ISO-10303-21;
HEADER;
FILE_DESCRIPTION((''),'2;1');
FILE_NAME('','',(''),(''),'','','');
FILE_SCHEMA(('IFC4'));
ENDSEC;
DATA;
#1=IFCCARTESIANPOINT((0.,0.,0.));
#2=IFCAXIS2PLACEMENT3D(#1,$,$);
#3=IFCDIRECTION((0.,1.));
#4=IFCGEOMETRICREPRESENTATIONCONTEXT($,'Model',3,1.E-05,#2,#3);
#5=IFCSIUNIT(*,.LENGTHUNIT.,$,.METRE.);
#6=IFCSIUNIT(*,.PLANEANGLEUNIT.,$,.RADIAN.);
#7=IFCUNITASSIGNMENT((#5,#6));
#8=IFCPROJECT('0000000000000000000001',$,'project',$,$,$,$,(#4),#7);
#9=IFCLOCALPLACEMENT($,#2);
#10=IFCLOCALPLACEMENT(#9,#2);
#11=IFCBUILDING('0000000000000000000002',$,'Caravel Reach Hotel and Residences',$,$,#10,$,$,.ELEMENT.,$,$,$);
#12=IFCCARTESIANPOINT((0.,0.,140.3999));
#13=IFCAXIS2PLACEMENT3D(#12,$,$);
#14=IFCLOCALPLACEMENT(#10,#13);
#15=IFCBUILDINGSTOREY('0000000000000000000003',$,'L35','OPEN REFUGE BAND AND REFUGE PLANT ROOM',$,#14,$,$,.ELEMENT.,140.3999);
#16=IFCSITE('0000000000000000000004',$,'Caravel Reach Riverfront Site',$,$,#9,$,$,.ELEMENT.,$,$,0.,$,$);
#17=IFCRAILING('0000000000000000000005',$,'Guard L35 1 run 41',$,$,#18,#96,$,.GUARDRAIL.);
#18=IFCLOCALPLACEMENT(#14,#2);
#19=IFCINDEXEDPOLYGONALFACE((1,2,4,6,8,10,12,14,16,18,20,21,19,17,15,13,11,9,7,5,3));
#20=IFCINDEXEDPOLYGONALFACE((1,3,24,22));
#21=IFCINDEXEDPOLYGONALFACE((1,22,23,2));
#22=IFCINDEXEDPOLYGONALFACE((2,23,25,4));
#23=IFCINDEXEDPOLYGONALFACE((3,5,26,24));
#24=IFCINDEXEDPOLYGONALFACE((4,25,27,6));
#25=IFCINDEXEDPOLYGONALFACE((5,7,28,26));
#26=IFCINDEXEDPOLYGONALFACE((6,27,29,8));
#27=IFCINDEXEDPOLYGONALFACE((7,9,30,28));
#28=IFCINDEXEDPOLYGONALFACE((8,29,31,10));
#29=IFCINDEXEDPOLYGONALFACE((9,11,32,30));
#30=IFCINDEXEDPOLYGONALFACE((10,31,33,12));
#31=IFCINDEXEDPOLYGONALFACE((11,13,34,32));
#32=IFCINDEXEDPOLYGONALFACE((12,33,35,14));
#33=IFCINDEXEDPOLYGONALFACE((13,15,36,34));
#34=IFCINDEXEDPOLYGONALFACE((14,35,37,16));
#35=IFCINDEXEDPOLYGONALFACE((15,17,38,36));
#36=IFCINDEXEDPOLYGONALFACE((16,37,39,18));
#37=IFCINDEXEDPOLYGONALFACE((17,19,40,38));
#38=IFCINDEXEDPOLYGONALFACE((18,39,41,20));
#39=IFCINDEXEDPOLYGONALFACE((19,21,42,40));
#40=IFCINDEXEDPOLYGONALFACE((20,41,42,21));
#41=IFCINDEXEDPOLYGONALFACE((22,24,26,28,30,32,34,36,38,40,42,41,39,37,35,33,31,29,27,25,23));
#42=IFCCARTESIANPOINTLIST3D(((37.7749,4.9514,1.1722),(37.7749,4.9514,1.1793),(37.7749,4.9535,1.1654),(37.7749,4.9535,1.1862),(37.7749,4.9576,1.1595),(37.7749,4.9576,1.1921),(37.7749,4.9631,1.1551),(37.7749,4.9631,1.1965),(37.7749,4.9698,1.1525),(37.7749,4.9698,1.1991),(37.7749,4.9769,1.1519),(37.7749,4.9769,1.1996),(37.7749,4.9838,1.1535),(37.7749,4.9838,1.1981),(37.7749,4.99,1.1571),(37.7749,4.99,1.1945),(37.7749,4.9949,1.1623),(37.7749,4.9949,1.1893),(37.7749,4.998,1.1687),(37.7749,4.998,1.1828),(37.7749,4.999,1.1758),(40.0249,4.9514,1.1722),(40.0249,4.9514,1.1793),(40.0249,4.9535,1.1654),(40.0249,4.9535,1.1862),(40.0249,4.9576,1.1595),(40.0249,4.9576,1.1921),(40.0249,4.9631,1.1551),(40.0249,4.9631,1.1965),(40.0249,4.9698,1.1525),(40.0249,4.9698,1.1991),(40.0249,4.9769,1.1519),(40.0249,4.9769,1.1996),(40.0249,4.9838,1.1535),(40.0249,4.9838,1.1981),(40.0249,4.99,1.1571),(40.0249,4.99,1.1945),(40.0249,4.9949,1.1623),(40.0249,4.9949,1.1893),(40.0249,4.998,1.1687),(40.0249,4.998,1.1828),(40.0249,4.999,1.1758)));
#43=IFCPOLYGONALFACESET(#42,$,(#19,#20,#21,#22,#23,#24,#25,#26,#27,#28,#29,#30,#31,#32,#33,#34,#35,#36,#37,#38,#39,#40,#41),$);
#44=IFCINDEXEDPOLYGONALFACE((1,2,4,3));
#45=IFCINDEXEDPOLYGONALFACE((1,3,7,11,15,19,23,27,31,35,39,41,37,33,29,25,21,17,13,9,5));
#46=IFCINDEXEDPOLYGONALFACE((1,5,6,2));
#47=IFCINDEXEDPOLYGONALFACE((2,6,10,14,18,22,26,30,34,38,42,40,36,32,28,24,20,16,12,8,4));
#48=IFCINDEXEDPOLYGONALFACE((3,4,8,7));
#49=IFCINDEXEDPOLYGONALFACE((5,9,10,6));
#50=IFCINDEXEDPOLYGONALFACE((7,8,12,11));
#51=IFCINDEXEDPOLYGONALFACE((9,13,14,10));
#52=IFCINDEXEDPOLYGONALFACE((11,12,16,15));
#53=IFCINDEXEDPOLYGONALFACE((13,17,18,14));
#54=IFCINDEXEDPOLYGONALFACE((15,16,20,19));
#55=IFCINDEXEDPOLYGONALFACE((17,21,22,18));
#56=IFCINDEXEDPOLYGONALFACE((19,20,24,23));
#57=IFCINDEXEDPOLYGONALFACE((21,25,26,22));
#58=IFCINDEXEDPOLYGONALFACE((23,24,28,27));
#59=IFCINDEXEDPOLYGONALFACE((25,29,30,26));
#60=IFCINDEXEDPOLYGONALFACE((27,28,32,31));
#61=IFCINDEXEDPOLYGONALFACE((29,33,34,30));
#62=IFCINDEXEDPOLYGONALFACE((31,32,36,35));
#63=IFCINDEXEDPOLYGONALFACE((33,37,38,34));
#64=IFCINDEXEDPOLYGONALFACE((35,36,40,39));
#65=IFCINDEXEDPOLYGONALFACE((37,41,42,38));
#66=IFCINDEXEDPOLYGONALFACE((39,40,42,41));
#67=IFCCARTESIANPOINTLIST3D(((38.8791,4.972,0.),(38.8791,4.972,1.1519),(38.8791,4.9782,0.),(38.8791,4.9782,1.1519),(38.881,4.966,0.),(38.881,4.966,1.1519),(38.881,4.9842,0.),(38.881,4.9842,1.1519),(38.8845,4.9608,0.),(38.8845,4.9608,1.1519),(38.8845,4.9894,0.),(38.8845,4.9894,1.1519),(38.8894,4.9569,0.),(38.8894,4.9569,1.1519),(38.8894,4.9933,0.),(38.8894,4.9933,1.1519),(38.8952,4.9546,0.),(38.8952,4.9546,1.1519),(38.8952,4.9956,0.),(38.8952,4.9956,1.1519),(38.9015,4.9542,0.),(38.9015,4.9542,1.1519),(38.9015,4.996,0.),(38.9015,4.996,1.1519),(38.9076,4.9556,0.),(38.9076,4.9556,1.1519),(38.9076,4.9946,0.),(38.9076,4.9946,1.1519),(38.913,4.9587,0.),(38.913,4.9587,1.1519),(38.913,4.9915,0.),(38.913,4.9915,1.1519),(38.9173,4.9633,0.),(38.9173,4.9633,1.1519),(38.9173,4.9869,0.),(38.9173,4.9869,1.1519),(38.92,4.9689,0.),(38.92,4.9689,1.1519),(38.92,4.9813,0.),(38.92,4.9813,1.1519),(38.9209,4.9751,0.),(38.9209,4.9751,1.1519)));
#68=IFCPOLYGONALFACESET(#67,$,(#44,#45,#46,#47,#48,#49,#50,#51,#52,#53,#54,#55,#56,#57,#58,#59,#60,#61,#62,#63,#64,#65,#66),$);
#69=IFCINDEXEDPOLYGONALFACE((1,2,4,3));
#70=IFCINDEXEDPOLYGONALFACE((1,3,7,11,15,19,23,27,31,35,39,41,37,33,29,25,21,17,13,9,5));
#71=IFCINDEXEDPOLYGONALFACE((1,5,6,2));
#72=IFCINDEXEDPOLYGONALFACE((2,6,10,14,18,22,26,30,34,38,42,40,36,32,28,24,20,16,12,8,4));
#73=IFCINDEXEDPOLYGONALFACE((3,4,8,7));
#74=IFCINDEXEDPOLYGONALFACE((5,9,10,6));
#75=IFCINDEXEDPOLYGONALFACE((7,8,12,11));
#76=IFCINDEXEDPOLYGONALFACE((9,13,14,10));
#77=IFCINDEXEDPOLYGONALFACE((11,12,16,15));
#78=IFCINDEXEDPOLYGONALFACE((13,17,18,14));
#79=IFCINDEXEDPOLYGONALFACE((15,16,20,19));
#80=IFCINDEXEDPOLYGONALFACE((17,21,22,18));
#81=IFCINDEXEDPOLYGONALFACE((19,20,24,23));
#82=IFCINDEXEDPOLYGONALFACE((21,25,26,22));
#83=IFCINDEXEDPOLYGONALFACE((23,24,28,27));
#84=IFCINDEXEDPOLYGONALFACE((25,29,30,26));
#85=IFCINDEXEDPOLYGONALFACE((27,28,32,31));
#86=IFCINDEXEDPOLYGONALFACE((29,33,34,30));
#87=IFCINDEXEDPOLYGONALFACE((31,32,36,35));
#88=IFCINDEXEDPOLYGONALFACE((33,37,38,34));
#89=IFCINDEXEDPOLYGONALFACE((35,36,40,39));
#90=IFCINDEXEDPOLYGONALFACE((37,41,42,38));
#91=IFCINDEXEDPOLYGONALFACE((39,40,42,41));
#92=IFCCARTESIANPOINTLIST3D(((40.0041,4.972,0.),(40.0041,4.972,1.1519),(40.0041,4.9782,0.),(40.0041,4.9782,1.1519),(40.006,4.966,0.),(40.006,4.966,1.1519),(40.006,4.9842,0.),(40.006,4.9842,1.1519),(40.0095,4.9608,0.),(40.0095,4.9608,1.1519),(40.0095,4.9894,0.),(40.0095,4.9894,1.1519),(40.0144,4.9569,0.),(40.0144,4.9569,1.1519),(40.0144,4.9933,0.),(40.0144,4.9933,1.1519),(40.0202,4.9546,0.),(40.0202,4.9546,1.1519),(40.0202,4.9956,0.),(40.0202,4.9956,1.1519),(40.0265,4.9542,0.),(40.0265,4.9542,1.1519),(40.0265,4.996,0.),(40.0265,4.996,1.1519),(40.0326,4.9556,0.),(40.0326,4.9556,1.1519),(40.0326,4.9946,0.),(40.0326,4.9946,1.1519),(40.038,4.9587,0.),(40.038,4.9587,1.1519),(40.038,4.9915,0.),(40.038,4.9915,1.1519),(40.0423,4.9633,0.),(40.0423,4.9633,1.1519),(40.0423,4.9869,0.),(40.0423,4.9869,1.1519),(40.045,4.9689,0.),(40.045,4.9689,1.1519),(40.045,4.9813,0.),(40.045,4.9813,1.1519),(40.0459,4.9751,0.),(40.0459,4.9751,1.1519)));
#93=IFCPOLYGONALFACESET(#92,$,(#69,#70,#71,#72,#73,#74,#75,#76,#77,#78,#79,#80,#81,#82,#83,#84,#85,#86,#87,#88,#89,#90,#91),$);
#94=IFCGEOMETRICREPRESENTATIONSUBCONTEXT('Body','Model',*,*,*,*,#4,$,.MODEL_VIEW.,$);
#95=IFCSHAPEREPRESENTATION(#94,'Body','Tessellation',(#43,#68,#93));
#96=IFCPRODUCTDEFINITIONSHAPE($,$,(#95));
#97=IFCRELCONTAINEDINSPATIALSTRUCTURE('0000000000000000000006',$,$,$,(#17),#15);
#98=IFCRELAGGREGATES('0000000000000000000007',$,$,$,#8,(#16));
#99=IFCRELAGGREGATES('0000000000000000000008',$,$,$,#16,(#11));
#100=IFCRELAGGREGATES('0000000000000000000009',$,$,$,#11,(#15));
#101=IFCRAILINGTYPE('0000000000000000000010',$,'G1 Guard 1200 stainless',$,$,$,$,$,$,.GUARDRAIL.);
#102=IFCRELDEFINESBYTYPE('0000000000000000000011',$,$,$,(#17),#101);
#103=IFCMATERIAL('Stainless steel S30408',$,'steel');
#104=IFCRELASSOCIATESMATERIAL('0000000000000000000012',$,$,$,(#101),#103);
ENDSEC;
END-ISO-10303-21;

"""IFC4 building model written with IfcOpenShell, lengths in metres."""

from ifc_helpers import new_model, si_unit, direction, frame, origin, origin_2d, place, context, subcontext, project, spatial, circle, extrude, material, type_object, element, save


model = new_model("IFC4")

# Units and contexts
model_context = context("Model", 3, precision=1e-05, world=origin(), true_north=direction((0.0, 1.0)))
body_context = subcontext(model_context, "Body", "Model", "MODEL_VIEW")
ifc_project = project(units=[si_unit("LENGTHUNIT", "METRE"), si_unit("PLANEANGLEUNIT", "RADIAN")], contexts=[model_context])

# Site, building, storey
site_placement = place(None, origin())
site = spatial("IfcSite", under=ifc_project, at=site_placement, Name="Caravel Reach Riverfront Site", CompositionType="ELEMENT", RefElevation=0.0)
building_placement = place(site_placement, origin())
building = spatial("IfcBuilding", under=site, at=building_placement, Name="Caravel Reach Hotel and Residences", CompositionType="ELEMENT")
storey_placement = place(building_placement, frame((0.0, 0.0, 140.3999)))
storey = spatial("IfcBuildingStorey", under=building, at=storey_placement, Name="L35", Description="OPEN REFUGE BAND AND REFUGE PLANT ROOM", CompositionType="ELEMENT", Elevation=140.3999)

# Railing
ifc_material_1 = material(Name="Stainless steel S30408", Category="steel")
railing_type = type_object("IfcRailingType", Name="G1 Guard 1200 stainless", PredefinedType="GUARDRAIL", material=ifc_material_1)
railing_1_placement = place(storey_placement, frame((37.7749, 4.9751, 0.0)))
element("IfcRailing", 1, at=railing_1_placement, inside=storey, type_object=railing_type, Name="Guard L35 1 run 41", PredefinedType="GUARDRAIL", context=body_context, shape_type="SweptSolid", body=[
    extrude(circle(Radius=0.0239, at=origin_2d()), frame((0.0, 0.0, 1.1758), z_axis=(1.0, 0.0, 0.0), x_axis=(0.0, 1.0, 0.0)), (0.0, 0.0, 1.0), 2.25),
    extrude(circle(Radius=0.021, at=origin_2d()), frame((1.125, 0.0, 0.0)), (0.0, 0.0, 1.0), 1.1519),
    extrude(circle(Radius=0.021, at=origin_2d()), frame((2.25, 0.0, 0.0)), (0.0, 0.0, 1.0), 1.1519),
])

save(model, "model.ifc")
